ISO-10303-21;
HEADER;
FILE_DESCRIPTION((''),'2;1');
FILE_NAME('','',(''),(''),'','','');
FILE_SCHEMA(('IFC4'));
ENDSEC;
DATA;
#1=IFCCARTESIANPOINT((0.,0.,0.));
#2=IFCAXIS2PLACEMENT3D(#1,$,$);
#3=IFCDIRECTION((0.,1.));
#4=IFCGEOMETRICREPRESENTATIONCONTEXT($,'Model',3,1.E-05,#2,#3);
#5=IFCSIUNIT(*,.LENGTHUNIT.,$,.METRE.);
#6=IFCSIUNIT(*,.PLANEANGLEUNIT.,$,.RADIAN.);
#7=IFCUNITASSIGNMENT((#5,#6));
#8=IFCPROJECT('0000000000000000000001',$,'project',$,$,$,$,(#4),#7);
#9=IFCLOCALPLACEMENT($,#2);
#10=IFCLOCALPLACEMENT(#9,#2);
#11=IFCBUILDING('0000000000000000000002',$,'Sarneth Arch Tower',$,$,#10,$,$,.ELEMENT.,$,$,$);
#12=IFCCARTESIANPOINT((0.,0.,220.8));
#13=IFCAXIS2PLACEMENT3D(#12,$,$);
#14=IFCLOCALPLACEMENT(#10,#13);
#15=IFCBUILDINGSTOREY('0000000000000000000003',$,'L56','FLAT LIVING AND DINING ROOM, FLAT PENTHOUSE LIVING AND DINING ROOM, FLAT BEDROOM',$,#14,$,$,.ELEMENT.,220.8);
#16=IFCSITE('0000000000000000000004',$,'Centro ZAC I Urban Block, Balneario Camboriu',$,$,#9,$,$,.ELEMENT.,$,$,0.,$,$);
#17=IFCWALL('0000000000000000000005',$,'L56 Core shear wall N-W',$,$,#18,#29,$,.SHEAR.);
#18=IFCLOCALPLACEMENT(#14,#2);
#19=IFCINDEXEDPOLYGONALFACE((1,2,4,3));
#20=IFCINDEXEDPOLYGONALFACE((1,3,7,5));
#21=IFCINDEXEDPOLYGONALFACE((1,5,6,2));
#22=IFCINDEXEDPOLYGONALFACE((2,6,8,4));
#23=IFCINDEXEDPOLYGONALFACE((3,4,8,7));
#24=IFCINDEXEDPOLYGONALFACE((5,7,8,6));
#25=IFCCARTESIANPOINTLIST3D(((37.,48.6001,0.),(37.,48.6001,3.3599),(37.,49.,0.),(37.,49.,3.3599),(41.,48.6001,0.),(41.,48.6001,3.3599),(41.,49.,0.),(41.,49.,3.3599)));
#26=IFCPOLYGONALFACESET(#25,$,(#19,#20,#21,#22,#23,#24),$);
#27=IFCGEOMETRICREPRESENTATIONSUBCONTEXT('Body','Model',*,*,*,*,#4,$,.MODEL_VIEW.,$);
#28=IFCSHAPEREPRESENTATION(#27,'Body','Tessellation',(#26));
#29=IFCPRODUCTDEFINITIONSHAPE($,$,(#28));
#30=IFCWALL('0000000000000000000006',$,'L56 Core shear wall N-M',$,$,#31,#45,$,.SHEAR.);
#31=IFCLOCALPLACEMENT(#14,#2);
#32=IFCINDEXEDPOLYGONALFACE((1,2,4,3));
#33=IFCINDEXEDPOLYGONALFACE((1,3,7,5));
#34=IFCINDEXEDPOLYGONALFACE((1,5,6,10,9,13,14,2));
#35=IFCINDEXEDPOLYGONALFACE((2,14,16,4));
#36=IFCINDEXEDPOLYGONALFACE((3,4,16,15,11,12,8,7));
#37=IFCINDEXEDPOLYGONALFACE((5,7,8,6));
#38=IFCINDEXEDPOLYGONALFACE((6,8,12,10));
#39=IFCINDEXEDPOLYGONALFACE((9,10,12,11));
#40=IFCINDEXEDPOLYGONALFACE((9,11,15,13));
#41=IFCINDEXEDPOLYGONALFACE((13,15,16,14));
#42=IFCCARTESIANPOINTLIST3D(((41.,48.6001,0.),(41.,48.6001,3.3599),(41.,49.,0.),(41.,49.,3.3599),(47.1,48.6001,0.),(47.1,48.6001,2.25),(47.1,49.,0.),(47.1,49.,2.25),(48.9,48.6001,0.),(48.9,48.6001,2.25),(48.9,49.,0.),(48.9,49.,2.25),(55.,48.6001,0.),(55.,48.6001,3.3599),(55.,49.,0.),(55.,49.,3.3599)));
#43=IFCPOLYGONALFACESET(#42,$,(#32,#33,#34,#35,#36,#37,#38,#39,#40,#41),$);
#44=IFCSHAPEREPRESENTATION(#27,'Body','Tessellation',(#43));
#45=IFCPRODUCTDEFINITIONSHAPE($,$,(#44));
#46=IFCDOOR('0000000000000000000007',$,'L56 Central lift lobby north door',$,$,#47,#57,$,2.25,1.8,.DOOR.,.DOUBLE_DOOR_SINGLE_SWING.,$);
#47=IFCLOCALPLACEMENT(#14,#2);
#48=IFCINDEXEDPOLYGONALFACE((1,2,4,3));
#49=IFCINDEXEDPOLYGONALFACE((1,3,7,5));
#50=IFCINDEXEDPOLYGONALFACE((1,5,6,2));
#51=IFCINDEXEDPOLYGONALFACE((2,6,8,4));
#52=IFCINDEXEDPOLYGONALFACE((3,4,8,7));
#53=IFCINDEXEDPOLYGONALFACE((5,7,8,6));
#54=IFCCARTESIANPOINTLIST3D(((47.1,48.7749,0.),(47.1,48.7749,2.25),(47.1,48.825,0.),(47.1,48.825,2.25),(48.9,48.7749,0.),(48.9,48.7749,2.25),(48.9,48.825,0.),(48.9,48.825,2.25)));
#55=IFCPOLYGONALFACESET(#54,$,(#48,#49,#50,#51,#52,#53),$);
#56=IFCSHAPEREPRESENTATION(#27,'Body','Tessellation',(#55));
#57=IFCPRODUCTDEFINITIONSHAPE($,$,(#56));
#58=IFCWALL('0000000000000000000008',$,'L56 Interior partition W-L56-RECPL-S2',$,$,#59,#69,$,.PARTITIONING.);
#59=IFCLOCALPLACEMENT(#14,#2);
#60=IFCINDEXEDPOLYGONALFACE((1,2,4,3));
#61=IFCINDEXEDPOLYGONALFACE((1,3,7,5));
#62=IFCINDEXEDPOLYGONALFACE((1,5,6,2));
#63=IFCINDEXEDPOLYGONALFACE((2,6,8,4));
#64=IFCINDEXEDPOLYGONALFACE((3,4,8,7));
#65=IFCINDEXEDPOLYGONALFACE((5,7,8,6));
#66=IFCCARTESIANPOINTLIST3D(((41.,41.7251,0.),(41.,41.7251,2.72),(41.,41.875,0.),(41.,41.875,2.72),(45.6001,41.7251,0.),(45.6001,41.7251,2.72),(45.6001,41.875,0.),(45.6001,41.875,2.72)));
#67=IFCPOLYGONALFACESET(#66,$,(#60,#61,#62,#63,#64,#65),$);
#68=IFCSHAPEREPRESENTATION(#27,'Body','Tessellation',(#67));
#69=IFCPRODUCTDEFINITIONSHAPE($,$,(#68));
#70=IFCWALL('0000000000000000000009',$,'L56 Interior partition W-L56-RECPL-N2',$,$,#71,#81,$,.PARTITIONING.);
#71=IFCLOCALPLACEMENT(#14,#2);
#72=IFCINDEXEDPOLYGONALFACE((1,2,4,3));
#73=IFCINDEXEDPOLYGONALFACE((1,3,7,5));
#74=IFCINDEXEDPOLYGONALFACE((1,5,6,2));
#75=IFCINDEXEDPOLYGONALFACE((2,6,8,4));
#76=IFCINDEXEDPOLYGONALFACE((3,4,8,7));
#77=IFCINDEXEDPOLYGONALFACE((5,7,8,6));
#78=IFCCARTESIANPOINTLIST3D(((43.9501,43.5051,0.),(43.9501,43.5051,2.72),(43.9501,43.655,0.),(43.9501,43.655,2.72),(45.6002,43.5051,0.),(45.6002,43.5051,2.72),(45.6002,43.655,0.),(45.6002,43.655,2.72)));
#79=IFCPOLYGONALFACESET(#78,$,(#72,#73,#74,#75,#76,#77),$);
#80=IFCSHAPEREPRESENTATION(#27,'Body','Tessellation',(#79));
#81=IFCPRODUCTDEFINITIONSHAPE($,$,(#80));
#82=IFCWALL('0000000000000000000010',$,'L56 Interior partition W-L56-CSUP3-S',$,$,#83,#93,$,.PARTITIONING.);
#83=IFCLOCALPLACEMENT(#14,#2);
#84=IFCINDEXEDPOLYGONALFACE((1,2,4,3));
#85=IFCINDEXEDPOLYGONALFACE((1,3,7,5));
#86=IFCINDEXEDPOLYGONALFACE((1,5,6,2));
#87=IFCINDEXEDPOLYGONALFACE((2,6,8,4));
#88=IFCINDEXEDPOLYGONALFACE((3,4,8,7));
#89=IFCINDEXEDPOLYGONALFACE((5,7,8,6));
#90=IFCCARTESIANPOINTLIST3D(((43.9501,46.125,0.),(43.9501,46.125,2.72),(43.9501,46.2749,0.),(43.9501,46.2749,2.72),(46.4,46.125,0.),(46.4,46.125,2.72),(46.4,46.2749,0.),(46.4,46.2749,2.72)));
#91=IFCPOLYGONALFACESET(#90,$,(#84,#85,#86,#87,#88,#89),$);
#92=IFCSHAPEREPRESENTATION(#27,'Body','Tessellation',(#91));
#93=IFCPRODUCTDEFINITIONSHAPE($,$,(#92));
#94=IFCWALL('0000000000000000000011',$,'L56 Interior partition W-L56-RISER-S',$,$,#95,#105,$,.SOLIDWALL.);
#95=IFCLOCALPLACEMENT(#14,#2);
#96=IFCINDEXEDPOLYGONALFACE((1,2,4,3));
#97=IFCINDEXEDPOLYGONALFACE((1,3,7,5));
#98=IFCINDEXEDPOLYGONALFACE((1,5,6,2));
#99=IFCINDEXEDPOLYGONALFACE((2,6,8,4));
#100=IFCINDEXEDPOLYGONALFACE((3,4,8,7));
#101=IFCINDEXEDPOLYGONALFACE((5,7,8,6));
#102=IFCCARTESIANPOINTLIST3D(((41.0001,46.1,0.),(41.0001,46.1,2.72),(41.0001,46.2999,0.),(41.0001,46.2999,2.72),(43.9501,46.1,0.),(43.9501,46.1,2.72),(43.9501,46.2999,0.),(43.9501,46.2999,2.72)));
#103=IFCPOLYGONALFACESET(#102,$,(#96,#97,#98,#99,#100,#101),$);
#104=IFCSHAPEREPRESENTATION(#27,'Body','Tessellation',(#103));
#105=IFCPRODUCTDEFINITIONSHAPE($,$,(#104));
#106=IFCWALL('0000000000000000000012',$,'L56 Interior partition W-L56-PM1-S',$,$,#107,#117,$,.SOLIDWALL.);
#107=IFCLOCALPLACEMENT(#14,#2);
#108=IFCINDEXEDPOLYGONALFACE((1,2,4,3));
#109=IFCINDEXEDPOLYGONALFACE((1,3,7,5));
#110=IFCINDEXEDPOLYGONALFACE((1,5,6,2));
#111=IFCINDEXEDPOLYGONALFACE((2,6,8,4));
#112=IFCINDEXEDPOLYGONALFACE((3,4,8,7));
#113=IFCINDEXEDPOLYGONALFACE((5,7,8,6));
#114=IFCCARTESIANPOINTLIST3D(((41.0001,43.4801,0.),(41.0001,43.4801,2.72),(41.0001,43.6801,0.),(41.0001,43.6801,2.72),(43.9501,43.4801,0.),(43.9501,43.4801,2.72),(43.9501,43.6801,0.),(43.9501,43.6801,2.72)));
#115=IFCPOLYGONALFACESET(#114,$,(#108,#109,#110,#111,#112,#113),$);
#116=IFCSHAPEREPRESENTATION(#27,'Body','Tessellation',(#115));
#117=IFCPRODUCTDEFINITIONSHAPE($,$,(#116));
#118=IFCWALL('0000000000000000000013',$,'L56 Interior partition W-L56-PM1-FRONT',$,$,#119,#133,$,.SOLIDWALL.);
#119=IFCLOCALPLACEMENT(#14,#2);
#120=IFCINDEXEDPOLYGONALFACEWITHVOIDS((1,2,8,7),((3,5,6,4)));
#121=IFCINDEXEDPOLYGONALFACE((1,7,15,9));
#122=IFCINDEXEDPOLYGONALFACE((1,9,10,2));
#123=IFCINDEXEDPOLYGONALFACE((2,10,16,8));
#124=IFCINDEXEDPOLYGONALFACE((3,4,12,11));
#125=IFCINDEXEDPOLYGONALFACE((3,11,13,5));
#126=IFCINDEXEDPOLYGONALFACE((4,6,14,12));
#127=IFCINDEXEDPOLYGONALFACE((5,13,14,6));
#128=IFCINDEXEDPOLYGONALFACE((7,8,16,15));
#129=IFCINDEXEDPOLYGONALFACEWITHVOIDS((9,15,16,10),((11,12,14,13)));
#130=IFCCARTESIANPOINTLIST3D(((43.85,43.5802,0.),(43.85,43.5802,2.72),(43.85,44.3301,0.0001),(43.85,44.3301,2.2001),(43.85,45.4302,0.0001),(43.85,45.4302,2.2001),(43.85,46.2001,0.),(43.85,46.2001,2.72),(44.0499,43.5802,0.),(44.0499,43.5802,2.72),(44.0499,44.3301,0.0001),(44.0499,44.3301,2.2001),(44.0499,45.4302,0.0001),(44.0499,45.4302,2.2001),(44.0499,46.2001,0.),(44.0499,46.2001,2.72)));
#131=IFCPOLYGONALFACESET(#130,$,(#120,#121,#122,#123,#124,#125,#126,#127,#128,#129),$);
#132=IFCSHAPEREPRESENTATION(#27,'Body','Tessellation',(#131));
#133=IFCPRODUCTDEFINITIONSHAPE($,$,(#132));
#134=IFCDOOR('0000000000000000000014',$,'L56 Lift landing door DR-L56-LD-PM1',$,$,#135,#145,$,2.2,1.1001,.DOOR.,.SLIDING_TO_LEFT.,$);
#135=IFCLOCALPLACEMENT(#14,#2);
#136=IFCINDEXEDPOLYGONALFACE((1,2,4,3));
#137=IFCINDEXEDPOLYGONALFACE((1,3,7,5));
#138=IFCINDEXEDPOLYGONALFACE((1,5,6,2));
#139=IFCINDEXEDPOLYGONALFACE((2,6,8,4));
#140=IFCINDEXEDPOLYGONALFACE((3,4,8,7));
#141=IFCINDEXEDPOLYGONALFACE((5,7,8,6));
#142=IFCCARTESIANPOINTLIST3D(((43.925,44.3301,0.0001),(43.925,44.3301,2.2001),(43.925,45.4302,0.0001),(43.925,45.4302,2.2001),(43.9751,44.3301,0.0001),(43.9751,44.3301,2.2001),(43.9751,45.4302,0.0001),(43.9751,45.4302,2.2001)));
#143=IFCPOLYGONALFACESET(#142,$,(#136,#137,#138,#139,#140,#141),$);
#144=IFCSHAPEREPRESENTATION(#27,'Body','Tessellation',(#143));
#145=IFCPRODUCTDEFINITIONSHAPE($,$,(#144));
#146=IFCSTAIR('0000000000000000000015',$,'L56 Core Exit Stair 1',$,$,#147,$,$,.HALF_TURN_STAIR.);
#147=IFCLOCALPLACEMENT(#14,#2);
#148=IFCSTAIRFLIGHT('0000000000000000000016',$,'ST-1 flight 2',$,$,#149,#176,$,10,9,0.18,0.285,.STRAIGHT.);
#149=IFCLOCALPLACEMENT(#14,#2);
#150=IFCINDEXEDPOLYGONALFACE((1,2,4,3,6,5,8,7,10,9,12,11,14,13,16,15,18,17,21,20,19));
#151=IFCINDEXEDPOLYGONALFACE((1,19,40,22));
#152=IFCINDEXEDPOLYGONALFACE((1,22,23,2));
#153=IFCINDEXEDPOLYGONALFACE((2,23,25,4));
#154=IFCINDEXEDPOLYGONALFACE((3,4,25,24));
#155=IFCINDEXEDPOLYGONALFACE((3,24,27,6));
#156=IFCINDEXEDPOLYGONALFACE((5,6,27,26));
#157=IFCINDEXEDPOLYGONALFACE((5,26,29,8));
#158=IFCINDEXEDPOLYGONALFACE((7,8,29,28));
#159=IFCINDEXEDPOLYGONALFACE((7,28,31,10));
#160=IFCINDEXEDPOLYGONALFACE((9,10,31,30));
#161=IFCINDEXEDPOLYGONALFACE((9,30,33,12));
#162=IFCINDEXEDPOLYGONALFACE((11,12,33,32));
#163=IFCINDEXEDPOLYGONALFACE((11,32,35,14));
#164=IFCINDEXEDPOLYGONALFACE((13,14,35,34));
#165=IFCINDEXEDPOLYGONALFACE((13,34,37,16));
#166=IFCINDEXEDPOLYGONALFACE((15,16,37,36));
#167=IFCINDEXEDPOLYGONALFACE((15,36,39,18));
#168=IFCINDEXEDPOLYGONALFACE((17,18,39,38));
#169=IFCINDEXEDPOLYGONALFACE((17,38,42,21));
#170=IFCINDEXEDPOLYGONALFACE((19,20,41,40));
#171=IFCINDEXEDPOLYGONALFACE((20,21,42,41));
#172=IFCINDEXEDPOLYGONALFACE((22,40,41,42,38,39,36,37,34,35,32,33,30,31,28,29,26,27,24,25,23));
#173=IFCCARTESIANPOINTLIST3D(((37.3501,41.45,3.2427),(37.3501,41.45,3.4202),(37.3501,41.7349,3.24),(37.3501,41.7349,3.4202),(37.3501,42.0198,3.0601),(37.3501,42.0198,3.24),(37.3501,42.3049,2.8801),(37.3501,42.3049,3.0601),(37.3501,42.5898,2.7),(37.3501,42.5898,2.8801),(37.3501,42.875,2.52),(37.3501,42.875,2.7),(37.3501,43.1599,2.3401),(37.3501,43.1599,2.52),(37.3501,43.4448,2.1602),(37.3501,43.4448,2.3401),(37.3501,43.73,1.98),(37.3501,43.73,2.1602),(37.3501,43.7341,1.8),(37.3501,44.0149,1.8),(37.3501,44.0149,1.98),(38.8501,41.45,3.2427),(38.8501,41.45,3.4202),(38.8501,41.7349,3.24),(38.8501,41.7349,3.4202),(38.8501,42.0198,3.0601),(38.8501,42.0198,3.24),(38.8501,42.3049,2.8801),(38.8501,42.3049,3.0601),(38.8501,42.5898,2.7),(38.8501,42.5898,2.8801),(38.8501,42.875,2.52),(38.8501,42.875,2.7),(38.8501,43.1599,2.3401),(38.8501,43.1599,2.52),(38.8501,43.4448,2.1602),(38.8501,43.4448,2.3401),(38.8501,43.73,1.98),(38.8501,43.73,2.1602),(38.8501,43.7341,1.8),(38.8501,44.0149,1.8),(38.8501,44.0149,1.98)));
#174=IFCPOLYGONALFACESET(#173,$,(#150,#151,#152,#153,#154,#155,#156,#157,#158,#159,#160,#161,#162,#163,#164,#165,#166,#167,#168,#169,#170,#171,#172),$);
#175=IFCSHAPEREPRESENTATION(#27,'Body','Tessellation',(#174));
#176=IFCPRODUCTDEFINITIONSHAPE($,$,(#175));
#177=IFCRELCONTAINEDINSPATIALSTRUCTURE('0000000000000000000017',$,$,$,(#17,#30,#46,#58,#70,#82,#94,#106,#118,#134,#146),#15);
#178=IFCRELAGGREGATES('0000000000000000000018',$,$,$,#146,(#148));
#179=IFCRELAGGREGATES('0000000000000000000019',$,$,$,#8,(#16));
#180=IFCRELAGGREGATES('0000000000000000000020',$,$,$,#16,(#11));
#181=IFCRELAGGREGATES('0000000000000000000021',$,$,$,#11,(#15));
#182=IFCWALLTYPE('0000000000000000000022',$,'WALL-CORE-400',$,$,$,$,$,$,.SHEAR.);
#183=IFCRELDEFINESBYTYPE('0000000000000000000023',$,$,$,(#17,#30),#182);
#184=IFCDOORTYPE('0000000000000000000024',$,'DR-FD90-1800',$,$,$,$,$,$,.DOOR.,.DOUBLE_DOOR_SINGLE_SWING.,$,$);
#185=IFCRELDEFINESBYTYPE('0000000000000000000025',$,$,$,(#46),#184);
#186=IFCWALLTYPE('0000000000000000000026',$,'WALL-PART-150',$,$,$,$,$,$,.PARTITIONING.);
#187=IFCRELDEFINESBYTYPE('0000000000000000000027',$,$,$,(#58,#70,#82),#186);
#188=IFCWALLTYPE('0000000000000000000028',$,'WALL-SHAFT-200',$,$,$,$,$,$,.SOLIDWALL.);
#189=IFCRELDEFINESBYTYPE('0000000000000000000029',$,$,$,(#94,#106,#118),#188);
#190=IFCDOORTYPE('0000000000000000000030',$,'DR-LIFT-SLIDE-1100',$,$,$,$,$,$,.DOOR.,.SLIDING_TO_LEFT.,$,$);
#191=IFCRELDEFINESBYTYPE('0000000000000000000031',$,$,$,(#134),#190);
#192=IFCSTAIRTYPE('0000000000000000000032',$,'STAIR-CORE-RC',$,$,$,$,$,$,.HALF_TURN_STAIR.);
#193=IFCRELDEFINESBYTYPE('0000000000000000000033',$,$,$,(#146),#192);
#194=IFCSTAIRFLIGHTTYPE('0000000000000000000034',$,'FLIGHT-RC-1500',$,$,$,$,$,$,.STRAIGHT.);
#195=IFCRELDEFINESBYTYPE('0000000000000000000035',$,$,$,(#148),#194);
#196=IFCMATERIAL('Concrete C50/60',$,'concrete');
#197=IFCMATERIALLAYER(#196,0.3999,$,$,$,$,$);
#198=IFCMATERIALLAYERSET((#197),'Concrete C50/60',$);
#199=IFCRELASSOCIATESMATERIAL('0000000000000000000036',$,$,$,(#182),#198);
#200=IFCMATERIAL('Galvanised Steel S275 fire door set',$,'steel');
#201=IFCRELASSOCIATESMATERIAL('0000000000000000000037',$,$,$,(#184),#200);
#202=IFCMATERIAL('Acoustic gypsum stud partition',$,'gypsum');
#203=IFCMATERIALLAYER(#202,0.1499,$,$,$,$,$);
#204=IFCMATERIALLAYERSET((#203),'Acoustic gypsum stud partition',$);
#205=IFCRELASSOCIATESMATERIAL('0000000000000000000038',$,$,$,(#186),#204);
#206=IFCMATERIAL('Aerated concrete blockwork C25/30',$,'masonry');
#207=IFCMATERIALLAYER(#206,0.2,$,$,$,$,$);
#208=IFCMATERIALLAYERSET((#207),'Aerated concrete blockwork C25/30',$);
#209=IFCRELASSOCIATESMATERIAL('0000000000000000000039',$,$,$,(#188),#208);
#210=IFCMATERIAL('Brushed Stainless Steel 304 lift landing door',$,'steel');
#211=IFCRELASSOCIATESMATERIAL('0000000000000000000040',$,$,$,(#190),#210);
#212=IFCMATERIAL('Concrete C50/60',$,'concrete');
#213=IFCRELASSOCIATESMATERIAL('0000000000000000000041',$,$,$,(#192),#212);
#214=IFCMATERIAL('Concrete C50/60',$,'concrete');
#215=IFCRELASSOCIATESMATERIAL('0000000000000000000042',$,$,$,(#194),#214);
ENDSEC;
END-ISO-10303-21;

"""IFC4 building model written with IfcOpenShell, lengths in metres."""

from ifc_helpers import new_model, si_unit, direction, frame, frame_2d, origin, place, context, subcontext, project, spatial, polyline, rectangle, outline, extrude, material, layer, layer_set, type_object, element, fill, aggregate, save


model = new_model("IFC4")

# Units and contexts
model_context = context("Model", 3, precision=1e-05, world=origin(), true_north=direction((0.0, 1.0)))
body_context = subcontext(model_context, "Body", "Model", "MODEL_VIEW")
ifc_project = project(units=[si_unit("LENGTHUNIT", "METRE"), si_unit("PLANEANGLEUNIT", "RADIAN")], contexts=[model_context])

# Site, building, storey
site_placement = place(None, origin())
site = spatial("IfcSite", under=ifc_project, at=site_placement, Name="Centro ZAC I Urban Block, Balneario Camboriu", CompositionType="ELEMENT", RefElevation=0.0)
building_placement = place(site_placement, origin())
building = spatial("IfcBuilding", under=site, at=building_placement, Name="Sarneth Arch Tower", CompositionType="ELEMENT")
storey_placement = place(building_placement, frame((0.0, 0.0, 220.8)))
storey = spatial("IfcBuildingStorey", under=building, at=storey_placement, Name="L56", Description="FLAT LIVING AND DINING ROOM, FLAT PENTHOUSE LIVING AND DINING ROOM, FLAT BEDROOM", CompositionType="ELEMENT", Elevation=220.8)

# Wall
ifc_material_1 = material(Name="Concrete C50/60", Category="concrete")
ifc_layer_1 = layer(ifc_material_1, 0.3999)
ifc_layer_set_1 = layer_set([ifc_layer_1], Name="Concrete C50/60")
wall_type_1 = type_object("IfcWallType", Name="WALL-CORE-400", PredefinedType="SHEAR", material=ifc_layer_set_1)
wall_1_placement = place(storey_placement, frame((37.0, 48.8, 0.0), z_axis=(0.0, 0.0, 1.0), x_axis=(1.0, 0.0, 0.0)))
element("IfcWall", 1, at=wall_1_placement, inside=storey, type_object=wall_type_1, Name="L56 Core shear wall N-W", PredefinedType="SHEAR", context=body_context, shape_type="SweptSolid", body=[
    extrude(rectangle(XDim=4.0, YDim=0.3999, at=frame_2d((2.0, 0.0))), origin(), (0.0, 0.0, 1.0), 3.3599),
])

# Wall, opening, door
wall_2_placement = place(storey_placement, frame((41.0, 48.8, 0.0), z_axis=(0.0, 0.0, 1.0), x_axis=(1.0, 0.0, 0.0)))
wall_2 = element("IfcWall", 2, at=wall_2_placement, inside=storey, type_object=wall_type_1, Name="L56 Core shear wall N-M", PredefinedType="SHEAR", context=body_context, shape_type="SweptSolid", body=[
    extrude(rectangle(XDim=14.0, YDim=0.3999, at=frame_2d((7.0, 0.0))), origin(), (0.0, 0.0, 1.0), 3.3599),
])
opening_1_placement = place(wall_2_placement, frame((6.1001, 0.0, 0.0)))
opening_1 = element("IfcOpeningElement", 3, at=opening_1_placement, cuts=wall_2, PredefinedType="OPENING", context=body_context, shape_type="SweptSolid", body=[
    extrude(rectangle(XDim=1.8, YDim=2.25, at=frame_2d((0.8999, 1.125))), frame((0.0, 0.21, 0.0), z_axis=(0.0, -1.0, 0.0), x_axis=(1.0, 0.0, 0.0)), (0.0, 0.0, 1.0), 0.4199),
])
ifc_material_2 = material(Name="Galvanised Steel S275 fire door set", Category="steel")
door_type_1 = type_object("IfcDoorType", Name="DR-FD90-1800", OperationType="DOUBLE_DOOR_SINGLE_SWING", PredefinedType="DOOR", material=ifc_material_2)
door_1_placement = place(opening_1_placement, origin())
door_1 = element("IfcDoor", 4, at=door_1_placement, inside=storey, type_object=door_type_1, Name="L56 Central lift lobby north door", OperationType="DOUBLE_DOOR_SINGLE_SWING", OverallHeight=2.25, OverallWidth=1.8, PredefinedType="DOOR", context=body_context, shape_type="SweptSolid", body=[
    extrude(rectangle(XDim=1.8, YDim=2.25, at=frame_2d((0.8999, 1.125))), frame((0.0, 0.0249, 0.0), z_axis=(0.0, -1.0, 0.0), x_axis=(1.0, 0.0, 0.0)), (0.0, 0.0, 1.0), 0.05),
])
fill(opening_1, door_1)

# Walls
ifc_material_3 = material(Name="Acoustic gypsum stud partition", Category="gypsum")
ifc_layer_2 = layer(ifc_material_3, 0.1499)
ifc_layer_set_2 = layer_set([ifc_layer_2], Name="Acoustic gypsum stud partition")
wall_type_2 = type_object("IfcWallType", Name="WALL-PART-150", PredefinedType="PARTITIONING", material=ifc_layer_set_2)
wall_3_placement = place(storey_placement, frame((41.0, 41.8, 0.0), z_axis=(0.0, 0.0, 1.0), x_axis=(1.0, 0.0, 0.0)))
element("IfcWall", 5, at=wall_3_placement, inside=storey, type_object=wall_type_2, Name="L56 Interior partition W-L56-RECPL-S2", PredefinedType="PARTITIONING", context=body_context, shape_type="SweptSolid", body=[
    extrude(rectangle(XDim=4.6001, YDim=0.1499, at=frame_2d((2.3, 0.0))), origin(), (0.0, 0.0, 1.0), 2.72),
])
wall_4_placement = place(storey_placement, frame((43.95, 43.5801, 0.0), z_axis=(0.0, 0.0, 1.0), x_axis=(1.0, 0.0, 0.0)))
element("IfcWall", 6, at=wall_4_placement, inside=storey, type_object=wall_type_2, Name="L56 Interior partition W-L56-RECPL-N2", PredefinedType="PARTITIONING", context=body_context, shape_type="SweptSolid", body=[
    extrude(rectangle(XDim=1.6501, YDim=0.1499, at=frame_2d((0.8252, 0.0))), origin(), (0.0, 0.0, 1.0), 2.72),
])

# Wall
wall_5_placement = place(storey_placement, frame((43.95, 46.2, 0.0), z_axis=(0.0, 0.0, 1.0), x_axis=(1.0, 0.0, 0.0)))
element("IfcWall", 7, at=wall_5_placement, inside=storey, type_object=wall_type_2, Name="L56 Interior partition W-L56-CSUP3-S", PredefinedType="PARTITIONING", context=body_context, shape_type="SweptSolid", body=[
    extrude(rectangle(XDim=2.45, YDim=0.1499, at=frame_2d((1.2251, 0.0))), origin(), (0.0, 0.0, 1.0), 2.72),
])

# Wall
ifc_material_4 = material(Name="Aerated concrete blockwork C25/30", Category="masonry")
ifc_layer_3 = layer(ifc_material_4, 0.2)
ifc_layer_set_3 = layer_set([ifc_layer_3], Name="Aerated concrete blockwork C25/30")
wall_type_3 = type_object("IfcWallType", Name="WALL-SHAFT-200", PredefinedType="SOLIDWALL", material=ifc_layer_set_3)
wall_6_placement = place(storey_placement, frame((41.0, 46.2, 0.0), z_axis=(0.0, 0.0, 1.0), x_axis=(1.0, 0.0, 0.0)))
element("IfcWall", 8, at=wall_6_placement, inside=storey, type_object=wall_type_3, Name="L56 Interior partition W-L56-RISER-S", PredefinedType="SOLIDWALL", context=body_context, shape_type="SweptSolid", body=[
    extrude(rectangle(XDim=2.95, YDim=0.2, at=frame_2d((1.4751, 0.0))), origin(), (0.0, 0.0, 1.0), 2.72),
])

# Wall
wall_7_placement = place(storey_placement, frame((41.0, 43.5801, 0.0), z_axis=(0.0, 0.0, 1.0), x_axis=(1.0, 0.0, 0.0)))
element("IfcWall", 9, at=wall_7_placement, inside=storey, type_object=wall_type_3, Name="L56 Interior partition W-L56-PM1-S", PredefinedType="SOLIDWALL", context=body_context, shape_type="SweptSolid", body=[
    extrude(rectangle(XDim=2.95, YDim=0.2, at=frame_2d((1.4751, 0.0))), origin(), (0.0, 0.0, 1.0), 2.72),
])

# Wall, opening, door
wall_8_placement = place(storey_placement, frame((43.95, 43.5801, 0.0), z_axis=(0.0, 0.0, 1.0), x_axis=(0.0, 1.0, 0.0)))
wall_8 = element("IfcWall", 10, at=wall_8_placement, inside=storey, type_object=wall_type_3, Name="L56 Interior partition W-L56-PM1-FRONT", PredefinedType="SOLIDWALL", context=body_context, shape_type="SweptSolid", body=[
    extrude(rectangle(XDim=2.6199, YDim=0.2, at=frame_2d((1.3101, 0.0))), origin(), (0.0, 0.0, 1.0), 2.72),
])
opening_2_placement = place(wall_8_placement, frame((0.75, 0.0, 0.0)))
opening_2 = element("IfcOpeningElement", 11, at=opening_2_placement, cuts=wall_8, PredefinedType="OPENING", context=body_context, shape_type="SweptSolid", body=[
    extrude(rectangle(XDim=1.1001, YDim=2.2, at=frame_2d((0.55, 1.1001))), frame((0.0, 0.1099, 0.0), z_axis=(0.0, -1.0, 0.0), x_axis=(1.0, 0.0, 0.0)), (0.0, 0.0, 1.0), 0.22),
])
ifc_material_5 = material(Name="Brushed Stainless Steel 304 lift landing door", Category="steel")
door_type_2 = type_object("IfcDoorType", Name="DR-LIFT-SLIDE-1100", OperationType="SLIDING_TO_LEFT", PredefinedType="DOOR", material=ifc_material_5)
door_2_placement = place(opening_2_placement, origin())
door_2 = element("IfcDoor", 12, at=door_2_placement, inside=storey, type_object=door_type_2, Name="L56 Lift landing door DR-L56-LD-PM1", OperationType="SLIDING_TO_LEFT", OverallHeight=2.2, OverallWidth=1.1001, PredefinedType="DOOR", context=body_context, shape_type="SweptSolid", body=[
    extrude(rectangle(XDim=1.1001, YDim=2.2, at=frame_2d((0.55, 1.1001))), frame((0.0, 0.0249, 0.0), z_axis=(0.0, -1.0, 0.0), x_axis=(1.0, 0.0, 0.0)), (0.0, 0.0, 1.0), 0.05),
])
fill(opening_2, door_2)

# Stair, stair flight
ifc_material_6 = material(Name="Concrete C50/60", Category="concrete")
stair_type = type_object("IfcStairType", Name="STAIR-CORE-RC", PredefinedType="HALF_TURN_STAIR", material=ifc_material_6)
stair_placement = place(storey_placement, origin())
stair = element("IfcStair", 13, at=stair_placement, inside=storey, type_object=stair_type, Name="L56 Core Exit Stair 1", PredefinedType="HALF_TURN_STAIR")
ifc_material_7 = material(Name="Concrete C50/60", Category="concrete")
stair_flight_type = type_object("IfcStairFlightType", Name="FLIGHT-RC-1500", PredefinedType="STRAIGHT", material=ifc_material_7)
stair_flight_placement = place(storey_placement, frame((38.1001, 44.0149, 1.8), z_axis=(0.0, 0.0, 1.0), x_axis=(0.0, -1.0, 0.0)))
stair_flight = element("IfcStairFlight", 14, at=stair_flight_placement, type_object=stair_flight_type, Name="ST-1 flight 2", NumberOfRisers=10, NumberOfTreads=9, PredefinedType="STRAIGHT", RiserHeight=0.18, TreadLength=0.285, context=body_context, shape_type="SweptSolid", body=[
    extrude(outline(polyline([(0.0, 0.0), (0.0, 0.1799), (0.2849, 0.1799), (0.2849, 0.3601), (0.5701, 0.3601), (0.5701, 0.54), (0.855, 0.54), (0.855, 0.72), (1.1399, 0.72), (1.1399, 0.8999), (1.425, 0.8999), (1.425, 1.0801), (1.71, 1.0801), (1.71, 1.26), (1.9951, 1.26), (1.9951, 1.4399), (2.28, 1.4399), (2.28, 1.6201), (2.5649, 1.6201), (2.5649, 1.8), (2.5649, 1.4426), (0.2808, 0.0), (0.0, 0.0)])), frame((0.0, 0.75, 0.0), z_axis=(0.0, -1.0, 0.0), x_axis=(1.0, 0.0, 0.0)), (0.0, 0.0, 1.0), 1.5),
])
aggregate(stair, [stair_flight])

save(model, "model.ifc")
